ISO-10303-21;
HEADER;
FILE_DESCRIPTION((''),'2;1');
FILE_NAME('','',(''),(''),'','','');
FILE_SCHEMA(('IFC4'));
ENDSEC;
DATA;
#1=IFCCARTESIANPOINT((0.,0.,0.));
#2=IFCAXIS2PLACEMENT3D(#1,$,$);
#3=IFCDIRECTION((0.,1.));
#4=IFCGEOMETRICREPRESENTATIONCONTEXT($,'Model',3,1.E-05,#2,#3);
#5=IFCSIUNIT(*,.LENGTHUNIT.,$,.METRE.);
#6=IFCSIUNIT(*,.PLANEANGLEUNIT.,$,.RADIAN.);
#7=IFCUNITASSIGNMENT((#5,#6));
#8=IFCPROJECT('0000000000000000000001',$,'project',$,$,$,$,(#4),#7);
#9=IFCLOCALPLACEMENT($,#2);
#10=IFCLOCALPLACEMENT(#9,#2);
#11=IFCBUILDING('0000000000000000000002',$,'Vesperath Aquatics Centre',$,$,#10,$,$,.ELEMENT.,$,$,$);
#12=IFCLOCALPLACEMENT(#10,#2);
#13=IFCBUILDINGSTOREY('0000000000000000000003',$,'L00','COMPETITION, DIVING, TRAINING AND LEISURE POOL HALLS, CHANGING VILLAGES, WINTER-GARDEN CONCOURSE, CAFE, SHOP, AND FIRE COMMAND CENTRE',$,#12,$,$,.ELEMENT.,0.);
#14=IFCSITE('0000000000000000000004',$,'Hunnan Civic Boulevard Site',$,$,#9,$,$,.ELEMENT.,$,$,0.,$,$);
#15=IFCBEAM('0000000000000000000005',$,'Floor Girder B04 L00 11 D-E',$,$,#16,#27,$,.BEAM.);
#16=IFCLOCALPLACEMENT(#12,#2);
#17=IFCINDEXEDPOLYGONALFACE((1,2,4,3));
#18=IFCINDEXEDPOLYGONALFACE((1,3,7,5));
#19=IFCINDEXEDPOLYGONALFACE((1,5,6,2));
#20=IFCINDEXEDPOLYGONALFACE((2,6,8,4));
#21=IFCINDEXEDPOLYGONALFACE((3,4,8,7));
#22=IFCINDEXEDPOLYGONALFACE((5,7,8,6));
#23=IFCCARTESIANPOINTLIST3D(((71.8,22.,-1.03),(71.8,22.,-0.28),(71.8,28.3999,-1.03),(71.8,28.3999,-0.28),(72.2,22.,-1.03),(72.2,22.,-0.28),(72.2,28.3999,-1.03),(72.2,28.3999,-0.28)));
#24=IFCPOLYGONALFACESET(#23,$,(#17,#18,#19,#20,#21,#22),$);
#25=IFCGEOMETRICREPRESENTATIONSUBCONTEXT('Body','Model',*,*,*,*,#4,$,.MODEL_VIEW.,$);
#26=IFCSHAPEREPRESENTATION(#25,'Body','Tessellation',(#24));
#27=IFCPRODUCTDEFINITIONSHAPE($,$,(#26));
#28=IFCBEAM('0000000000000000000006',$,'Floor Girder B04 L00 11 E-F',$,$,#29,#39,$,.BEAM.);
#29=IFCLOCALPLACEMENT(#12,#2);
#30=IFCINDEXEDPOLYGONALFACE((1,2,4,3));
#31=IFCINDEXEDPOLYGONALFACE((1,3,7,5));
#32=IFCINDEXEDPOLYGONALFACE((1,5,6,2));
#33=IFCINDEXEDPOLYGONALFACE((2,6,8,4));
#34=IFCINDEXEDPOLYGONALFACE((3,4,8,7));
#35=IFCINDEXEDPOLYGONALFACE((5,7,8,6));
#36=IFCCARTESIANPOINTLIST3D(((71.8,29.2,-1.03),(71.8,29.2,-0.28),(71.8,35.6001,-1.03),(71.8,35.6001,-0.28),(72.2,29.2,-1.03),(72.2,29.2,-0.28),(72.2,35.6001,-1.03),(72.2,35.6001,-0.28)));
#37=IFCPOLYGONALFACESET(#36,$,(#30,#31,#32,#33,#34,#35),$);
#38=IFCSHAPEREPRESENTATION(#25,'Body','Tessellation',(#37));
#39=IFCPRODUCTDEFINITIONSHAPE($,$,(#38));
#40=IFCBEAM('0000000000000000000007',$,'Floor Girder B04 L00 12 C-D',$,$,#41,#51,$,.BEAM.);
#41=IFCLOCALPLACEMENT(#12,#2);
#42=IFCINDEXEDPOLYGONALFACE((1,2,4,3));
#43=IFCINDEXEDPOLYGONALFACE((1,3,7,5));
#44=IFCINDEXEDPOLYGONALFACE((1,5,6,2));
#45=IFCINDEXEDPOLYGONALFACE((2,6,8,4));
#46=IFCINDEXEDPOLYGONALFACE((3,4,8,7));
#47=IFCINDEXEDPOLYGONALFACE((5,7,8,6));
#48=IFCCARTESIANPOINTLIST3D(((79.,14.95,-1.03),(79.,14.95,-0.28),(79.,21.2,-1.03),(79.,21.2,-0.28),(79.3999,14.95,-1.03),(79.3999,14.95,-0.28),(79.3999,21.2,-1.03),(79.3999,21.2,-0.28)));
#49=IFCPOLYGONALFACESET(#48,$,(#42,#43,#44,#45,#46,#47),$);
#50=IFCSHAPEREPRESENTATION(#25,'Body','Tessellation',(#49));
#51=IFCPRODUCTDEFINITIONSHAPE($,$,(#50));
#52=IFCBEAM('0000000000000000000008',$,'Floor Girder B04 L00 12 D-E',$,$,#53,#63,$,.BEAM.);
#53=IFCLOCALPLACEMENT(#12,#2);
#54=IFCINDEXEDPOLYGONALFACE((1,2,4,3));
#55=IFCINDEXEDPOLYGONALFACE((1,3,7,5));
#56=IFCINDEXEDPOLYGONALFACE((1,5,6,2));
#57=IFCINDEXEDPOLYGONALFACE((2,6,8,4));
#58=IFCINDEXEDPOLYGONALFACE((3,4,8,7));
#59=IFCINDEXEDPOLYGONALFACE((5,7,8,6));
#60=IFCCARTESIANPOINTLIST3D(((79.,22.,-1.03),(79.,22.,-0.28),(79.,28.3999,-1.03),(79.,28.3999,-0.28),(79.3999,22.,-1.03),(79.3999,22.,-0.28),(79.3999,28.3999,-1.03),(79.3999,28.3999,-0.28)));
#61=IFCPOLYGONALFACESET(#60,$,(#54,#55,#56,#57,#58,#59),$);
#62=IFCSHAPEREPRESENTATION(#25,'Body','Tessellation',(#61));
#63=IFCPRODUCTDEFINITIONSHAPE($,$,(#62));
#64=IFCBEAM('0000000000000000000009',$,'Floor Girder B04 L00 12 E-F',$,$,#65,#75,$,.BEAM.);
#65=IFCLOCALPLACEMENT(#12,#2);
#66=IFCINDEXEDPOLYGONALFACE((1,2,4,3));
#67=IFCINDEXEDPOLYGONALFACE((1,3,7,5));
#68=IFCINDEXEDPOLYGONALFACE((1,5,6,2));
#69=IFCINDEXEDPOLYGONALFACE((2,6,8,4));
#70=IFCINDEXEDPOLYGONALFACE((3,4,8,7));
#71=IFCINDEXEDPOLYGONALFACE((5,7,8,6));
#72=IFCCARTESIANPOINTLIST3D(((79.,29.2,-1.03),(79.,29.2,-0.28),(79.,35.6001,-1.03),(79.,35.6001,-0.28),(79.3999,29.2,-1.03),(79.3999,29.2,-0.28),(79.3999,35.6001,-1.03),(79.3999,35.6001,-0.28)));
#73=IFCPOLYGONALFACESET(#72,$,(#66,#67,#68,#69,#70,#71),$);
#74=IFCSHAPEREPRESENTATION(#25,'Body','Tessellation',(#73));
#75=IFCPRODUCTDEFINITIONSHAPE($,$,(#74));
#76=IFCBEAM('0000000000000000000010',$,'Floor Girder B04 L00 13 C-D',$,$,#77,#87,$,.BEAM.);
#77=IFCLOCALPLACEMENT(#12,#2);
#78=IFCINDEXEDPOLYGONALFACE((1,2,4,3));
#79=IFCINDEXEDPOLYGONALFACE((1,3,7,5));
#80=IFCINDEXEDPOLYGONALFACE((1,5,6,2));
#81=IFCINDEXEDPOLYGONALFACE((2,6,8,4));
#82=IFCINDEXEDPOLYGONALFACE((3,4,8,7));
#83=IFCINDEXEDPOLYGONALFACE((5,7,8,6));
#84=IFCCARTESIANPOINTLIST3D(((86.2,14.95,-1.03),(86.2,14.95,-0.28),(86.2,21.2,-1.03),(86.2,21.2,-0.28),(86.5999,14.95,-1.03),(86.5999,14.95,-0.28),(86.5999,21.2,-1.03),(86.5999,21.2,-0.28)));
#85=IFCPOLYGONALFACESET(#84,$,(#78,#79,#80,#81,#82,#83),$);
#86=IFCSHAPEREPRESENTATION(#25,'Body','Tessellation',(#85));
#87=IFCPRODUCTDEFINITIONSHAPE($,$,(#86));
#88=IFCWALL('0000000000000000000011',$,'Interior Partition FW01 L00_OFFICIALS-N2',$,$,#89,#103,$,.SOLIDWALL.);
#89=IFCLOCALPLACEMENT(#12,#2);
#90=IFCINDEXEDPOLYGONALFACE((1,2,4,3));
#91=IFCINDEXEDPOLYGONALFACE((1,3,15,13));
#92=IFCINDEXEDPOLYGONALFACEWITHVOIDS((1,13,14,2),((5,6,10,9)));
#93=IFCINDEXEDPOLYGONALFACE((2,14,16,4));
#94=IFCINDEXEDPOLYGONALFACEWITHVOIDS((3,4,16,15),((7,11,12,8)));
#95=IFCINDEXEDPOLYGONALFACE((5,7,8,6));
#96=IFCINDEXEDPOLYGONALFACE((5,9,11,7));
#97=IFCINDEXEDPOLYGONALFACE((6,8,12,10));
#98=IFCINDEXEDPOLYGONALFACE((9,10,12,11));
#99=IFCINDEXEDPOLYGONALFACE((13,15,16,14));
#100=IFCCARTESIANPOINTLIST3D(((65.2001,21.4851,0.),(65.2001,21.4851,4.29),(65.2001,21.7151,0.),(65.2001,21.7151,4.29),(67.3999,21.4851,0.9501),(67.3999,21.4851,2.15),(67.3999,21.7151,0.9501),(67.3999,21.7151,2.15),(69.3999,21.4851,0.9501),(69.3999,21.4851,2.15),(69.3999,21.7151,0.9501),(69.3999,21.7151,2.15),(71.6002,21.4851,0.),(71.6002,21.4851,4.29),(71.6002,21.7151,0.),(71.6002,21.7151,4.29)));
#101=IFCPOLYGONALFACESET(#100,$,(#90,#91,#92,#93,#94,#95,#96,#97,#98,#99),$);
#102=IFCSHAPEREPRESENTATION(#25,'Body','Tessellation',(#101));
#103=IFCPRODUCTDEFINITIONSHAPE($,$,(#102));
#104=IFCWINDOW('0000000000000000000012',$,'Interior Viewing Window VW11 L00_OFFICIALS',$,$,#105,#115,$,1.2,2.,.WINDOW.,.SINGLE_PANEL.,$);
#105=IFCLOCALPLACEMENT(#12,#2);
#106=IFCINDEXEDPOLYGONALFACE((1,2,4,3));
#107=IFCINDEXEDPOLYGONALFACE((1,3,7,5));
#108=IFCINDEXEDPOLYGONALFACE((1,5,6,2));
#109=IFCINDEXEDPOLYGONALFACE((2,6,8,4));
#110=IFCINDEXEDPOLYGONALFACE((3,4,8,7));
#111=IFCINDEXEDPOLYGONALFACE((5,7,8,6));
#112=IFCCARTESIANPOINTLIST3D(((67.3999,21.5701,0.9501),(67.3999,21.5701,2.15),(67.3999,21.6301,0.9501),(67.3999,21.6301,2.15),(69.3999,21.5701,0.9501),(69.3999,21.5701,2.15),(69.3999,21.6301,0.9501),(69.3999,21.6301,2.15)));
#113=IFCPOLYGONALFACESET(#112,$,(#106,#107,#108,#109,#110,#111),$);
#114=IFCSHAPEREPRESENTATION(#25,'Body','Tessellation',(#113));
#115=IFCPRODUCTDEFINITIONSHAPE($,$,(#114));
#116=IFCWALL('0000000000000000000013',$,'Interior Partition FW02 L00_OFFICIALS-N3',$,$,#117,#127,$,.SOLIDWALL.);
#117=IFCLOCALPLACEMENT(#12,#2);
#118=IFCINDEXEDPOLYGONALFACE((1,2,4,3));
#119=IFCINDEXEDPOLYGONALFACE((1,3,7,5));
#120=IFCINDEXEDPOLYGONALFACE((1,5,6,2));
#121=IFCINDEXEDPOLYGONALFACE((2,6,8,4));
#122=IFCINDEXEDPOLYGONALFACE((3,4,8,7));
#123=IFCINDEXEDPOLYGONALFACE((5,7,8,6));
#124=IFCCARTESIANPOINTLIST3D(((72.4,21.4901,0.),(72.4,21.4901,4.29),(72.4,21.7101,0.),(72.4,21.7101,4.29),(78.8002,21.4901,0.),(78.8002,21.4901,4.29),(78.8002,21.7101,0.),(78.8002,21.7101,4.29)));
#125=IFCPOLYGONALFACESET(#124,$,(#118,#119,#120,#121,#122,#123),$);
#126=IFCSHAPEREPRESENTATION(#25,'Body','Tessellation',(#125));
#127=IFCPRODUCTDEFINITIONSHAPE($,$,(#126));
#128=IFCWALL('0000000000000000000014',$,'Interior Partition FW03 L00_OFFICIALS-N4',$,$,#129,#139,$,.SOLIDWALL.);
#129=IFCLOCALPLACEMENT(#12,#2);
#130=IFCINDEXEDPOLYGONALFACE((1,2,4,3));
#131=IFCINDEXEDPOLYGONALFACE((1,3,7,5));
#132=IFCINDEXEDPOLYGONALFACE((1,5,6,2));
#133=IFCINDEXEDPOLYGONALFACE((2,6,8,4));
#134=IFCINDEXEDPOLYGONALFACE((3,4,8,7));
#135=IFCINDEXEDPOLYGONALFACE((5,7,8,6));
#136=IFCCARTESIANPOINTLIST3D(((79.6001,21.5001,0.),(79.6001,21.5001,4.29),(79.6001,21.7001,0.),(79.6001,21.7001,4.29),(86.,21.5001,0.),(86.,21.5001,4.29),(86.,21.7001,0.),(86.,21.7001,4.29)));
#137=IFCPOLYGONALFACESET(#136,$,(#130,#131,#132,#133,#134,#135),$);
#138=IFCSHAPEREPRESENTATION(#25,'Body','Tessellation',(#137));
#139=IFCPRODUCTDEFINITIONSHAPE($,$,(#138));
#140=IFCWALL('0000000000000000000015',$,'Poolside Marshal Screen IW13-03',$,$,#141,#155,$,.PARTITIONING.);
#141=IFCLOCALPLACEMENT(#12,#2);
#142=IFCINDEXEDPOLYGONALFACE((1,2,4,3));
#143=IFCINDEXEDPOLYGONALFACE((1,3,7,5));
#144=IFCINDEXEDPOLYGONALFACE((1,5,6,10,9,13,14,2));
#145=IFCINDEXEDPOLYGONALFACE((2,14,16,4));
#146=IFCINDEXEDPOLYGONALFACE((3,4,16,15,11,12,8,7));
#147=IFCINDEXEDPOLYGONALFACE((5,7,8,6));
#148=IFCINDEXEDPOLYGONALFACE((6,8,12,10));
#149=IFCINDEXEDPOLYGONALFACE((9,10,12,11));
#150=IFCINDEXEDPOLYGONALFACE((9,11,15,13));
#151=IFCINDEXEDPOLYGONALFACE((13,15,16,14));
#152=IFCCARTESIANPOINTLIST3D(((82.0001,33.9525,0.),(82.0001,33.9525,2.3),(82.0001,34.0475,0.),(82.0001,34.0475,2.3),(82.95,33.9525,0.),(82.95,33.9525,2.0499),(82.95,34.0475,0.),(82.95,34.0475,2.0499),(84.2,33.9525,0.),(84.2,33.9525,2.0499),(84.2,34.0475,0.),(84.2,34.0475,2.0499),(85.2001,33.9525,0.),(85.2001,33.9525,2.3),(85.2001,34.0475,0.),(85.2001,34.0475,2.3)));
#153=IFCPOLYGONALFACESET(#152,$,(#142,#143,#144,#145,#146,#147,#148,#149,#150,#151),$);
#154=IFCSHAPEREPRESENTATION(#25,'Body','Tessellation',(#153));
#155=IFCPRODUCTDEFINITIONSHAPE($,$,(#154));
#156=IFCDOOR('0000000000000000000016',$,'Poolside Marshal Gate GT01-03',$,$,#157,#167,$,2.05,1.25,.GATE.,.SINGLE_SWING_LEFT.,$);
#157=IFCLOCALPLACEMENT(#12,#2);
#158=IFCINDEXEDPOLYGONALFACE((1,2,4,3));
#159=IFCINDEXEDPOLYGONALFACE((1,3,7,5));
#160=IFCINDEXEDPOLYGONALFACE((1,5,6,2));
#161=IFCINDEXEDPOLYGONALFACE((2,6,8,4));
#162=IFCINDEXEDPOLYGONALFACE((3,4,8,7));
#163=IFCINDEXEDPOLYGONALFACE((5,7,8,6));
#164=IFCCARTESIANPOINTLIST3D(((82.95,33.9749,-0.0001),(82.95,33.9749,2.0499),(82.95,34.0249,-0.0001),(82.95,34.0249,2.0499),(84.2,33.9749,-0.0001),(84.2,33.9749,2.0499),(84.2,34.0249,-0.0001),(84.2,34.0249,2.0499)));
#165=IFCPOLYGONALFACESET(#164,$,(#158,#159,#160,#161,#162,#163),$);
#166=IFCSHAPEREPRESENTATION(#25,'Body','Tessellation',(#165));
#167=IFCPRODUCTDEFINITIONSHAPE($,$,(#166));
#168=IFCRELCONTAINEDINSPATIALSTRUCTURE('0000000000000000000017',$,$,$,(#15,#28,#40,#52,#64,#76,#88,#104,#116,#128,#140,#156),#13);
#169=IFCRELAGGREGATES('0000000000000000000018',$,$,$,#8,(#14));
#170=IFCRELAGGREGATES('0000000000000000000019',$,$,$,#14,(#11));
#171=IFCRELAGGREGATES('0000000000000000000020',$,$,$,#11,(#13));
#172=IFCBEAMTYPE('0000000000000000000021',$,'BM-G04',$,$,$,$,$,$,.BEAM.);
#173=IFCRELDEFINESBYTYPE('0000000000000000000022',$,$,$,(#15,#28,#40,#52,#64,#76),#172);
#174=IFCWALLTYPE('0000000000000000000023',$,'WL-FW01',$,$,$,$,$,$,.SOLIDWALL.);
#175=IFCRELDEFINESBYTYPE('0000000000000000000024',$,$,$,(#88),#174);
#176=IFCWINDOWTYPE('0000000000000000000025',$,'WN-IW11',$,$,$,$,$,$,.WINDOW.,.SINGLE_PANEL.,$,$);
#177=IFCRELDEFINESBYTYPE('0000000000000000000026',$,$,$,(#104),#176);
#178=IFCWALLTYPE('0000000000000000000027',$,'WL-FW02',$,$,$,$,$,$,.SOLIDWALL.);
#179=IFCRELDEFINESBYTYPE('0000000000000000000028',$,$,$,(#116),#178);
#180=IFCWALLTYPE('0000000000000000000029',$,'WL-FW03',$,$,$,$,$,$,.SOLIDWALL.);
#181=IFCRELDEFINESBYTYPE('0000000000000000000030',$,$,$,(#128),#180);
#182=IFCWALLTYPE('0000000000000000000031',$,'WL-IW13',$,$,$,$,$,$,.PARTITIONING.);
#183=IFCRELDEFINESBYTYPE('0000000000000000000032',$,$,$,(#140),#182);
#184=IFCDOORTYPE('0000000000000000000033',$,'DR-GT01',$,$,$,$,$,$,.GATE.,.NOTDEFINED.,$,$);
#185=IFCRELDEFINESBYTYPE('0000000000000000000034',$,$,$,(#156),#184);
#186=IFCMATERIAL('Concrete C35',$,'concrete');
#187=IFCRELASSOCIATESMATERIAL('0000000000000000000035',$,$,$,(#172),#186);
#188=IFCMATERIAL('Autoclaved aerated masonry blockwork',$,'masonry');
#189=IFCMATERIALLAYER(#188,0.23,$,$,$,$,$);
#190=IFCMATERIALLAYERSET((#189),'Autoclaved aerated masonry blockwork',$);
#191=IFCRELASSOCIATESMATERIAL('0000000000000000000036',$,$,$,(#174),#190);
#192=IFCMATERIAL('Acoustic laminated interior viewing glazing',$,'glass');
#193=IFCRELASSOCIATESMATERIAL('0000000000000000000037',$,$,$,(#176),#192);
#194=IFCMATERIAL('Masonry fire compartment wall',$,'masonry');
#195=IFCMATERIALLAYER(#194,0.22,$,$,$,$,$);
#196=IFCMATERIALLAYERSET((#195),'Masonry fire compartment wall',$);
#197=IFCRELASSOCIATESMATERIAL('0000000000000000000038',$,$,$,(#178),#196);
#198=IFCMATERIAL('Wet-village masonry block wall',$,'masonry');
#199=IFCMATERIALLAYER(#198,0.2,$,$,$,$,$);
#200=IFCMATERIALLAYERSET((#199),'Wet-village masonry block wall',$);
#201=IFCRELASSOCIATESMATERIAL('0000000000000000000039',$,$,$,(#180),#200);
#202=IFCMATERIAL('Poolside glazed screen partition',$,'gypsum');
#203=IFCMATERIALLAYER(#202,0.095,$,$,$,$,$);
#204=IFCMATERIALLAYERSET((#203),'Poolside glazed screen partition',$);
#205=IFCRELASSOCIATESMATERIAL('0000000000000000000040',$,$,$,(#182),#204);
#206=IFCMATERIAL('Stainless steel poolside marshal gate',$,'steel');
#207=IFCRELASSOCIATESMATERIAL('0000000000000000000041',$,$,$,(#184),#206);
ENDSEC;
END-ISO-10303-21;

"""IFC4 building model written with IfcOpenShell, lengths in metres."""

from ifc_helpers import new_model, si_unit, direction, frame, frame_2d, origin, origin_2d, place, context, subcontext, project, spatial, rectangle, extrude, material, layer, layer_set, material_profile, profile_set, type_object, element, fill, save


model = new_model("IFC4")

# Units and contexts
model_context = context("Model", 3, precision=1e-05, world=origin(), true_north=direction((0.0, 1.0)))
body_context = subcontext(model_context, "Body", "Model", "MODEL_VIEW")
ifc_project = project(units=[si_unit("LENGTHUNIT", "METRE"), si_unit("PLANEANGLEUNIT", "RADIAN")], contexts=[model_context])

# Site, building, storey
site_placement = place(None, origin())
site = spatial("IfcSite", under=ifc_project, at=site_placement, Name="Hunnan Civic Boulevard Site", CompositionType="ELEMENT", RefElevation=0.0)
building_placement = place(site_placement, origin())
building = spatial("IfcBuilding", under=site, at=building_placement, Name="Vesperath Aquatics Centre", CompositionType="ELEMENT")
storey_placement = place(building_placement, origin())
storey = spatial("IfcBuildingStorey", under=building, at=storey_placement, Name="L00", Description="COMPETITION, DIVING, TRAINING AND LEISURE POOL HALLS, CHANGING VILLAGES, WINTER-GARDEN CONCOURSE, CAFE, SHOP, AND FIRE COMMAND CENTRE", CompositionType="ELEMENT", Elevation=0.0)

# Shared definitions
ifc_material_1 = material(Name="Concrete C35", Category="concrete")

# Beams
ifc_material_profile_1 = material_profile(ifc_material_1, rectangle(XDim=0.3999, YDim=0.75, at=origin_2d()), Name="RC 400x750")
ifc_profile_set_1 = profile_set([ifc_material_profile_1], Name="Concrete C35")
beam_type_1 = type_object("IfcBeamType", Name="BM-G04", PredefinedType="BEAM", material=ifc_profile_set_1)
beam_1_placement = place(storey_placement, frame((72.0, 22.0, -0.655), z_axis=(0.0, 1.0, 0.0), x_axis=(-1.0, 0.0, 0.0)))
element("IfcBeam", 1, at=beam_1_placement, inside=storey, type_object=beam_type_1, Name="Floor Girder B04 L00 11 D-E", PredefinedType="BEAM", context=body_context, shape_type="SweptSolid", body=[
    extrude(rectangle(XDim=0.3999, YDim=0.75, at=origin_2d()), origin(), (0.0, 0.0, 1.0), 6.3999),
])
beam_2_placement = place(storey_placement, frame((72.0, 29.2, -0.655), z_axis=(0.0, 1.0, 0.0), x_axis=(-1.0, 0.0, 0.0)))
element("IfcBeam", 2, at=beam_2_placement, inside=storey, type_object=beam_type_1, Name="Floor Girder B04 L00 11 E-F", PredefinedType="BEAM", context=body_context, shape_type="SweptSolid", body=[
    extrude(rectangle(XDim=0.3999, YDim=0.75, at=origin_2d()), origin(), (0.0, 0.0, 1.0), 6.4001),
])
beam_3_placement = place(storey_placement, frame((79.2, 14.95, -0.655), z_axis=(0.0, 1.0, 0.0), x_axis=(-1.0, 0.0, 0.0)))
element("IfcBeam", 3, at=beam_3_placement, inside=storey, type_object=beam_type_1, Name="Floor Girder B04 L00 12 C-D", PredefinedType="BEAM", context=body_context, shape_type="SweptSolid", body=[
    extrude(rectangle(XDim=0.3999, YDim=0.75, at=origin_2d()), origin(), (0.0, 0.0, 1.0), 6.25),
])
beam_4_placement = place(storey_placement, frame((79.2, 22.0, -0.655), z_axis=(0.0, 1.0, 0.0), x_axis=(-1.0, 0.0, 0.0)))
element("IfcBeam", 4, at=beam_4_placement, inside=storey, type_object=beam_type_1, Name="Floor Girder B04 L00 12 D-E", PredefinedType="BEAM", context=body_context, shape_type="SweptSolid", body=[
    extrude(rectangle(XDim=0.3999, YDim=0.75, at=origin_2d()), origin(), (0.0, 0.0, 1.0), 6.3999),
])
beam_5_placement = place(storey_placement, frame((79.2, 29.2, -0.655), z_axis=(0.0, 1.0, 0.0), x_axis=(-1.0, 0.0, 0.0)))
element("IfcBeam", 5, at=beam_5_placement, inside=storey, type_object=beam_type_1, Name="Floor Girder B04 L00 12 E-F", PredefinedType="BEAM", context=body_context, shape_type="SweptSolid", body=[
    extrude(rectangle(XDim=0.3999, YDim=0.75, at=origin_2d()), origin(), (0.0, 0.0, 1.0), 6.4001),
])
beam_6_placement = place(storey_placement, frame((86.3999, 14.95, -0.655), z_axis=(0.0, 1.0, 0.0), x_axis=(-1.0, 0.0, 0.0)))
element("IfcBeam", 6, at=beam_6_placement, inside=storey, type_object=beam_type_1, Name="Floor Girder B04 L00 13 C-D", PredefinedType="BEAM", context=body_context, shape_type="SweptSolid", body=[
    extrude(rectangle(XDim=0.3999, YDim=0.75, at=origin_2d()), origin(), (0.0, 0.0, 1.0), 6.25),
])

# Wall, opening, window
ifc_material_2 = material(Name="Autoclaved aerated masonry blockwork", Category="masonry")
ifc_layer_1 = layer(ifc_material_2, 0.23)
ifc_layer_set_1 = layer_set([ifc_layer_1], Name="Autoclaved aerated masonry blockwork")
wall_type_1 = type_object("IfcWallType", Name="WL-FW01", PredefinedType="SOLIDWALL", material=ifc_layer_set_1)
wall_1_placement = place(storey_placement, frame((65.2, 21.6001, 0.0), z_axis=(0.0, 0.0, 1.0), x_axis=(1.0, 0.0, 0.0)))
wall_1 = element("IfcWall", 7, at=wall_1_placement, inside=storey, type_object=wall_type_1, Name="Interior Partition FW01 L00_OFFICIALS-N2", PredefinedType="SOLIDWALL", context=body_context, shape_type="SweptSolid", body=[
    extrude(rectangle(XDim=6.4001, YDim=0.23, at=frame_2d((3.2002, 0.0))), origin(), (0.0, 0.0, 1.0), 4.29),
])
opening_1_placement = place(wall_1_placement, frame((2.2, 0.0, 0.95)))
opening_1 = element("IfcOpeningElement", 8, at=opening_1_placement, cuts=wall_1, PredefinedType="OPENING", context=body_context, shape_type="SweptSolid", body=[
    extrude(rectangle(XDim=2.0, YDim=1.2, at=frame_2d((1.0, 0.6001))), frame((0.0, 0.1299, 0.0), z_axis=(0.0, -1.0, 0.0), x_axis=(1.0, 0.0, 0.0)), (0.0, 0.0, 1.0), 0.2598),
])
ifc_material_3 = material(Name="Acoustic laminated interior viewing glazing", Category="glass")
window_type = type_object("IfcWindowType", Name="WN-IW11", PartitioningType="SINGLE_PANEL", PredefinedType="WINDOW", material=ifc_material_3)
window_placement = place(opening_1_placement, origin())
window = element("IfcWindow", 9, at=window_placement, inside=storey, type_object=window_type, Name="Interior Viewing Window VW11 L00_OFFICIALS", OverallHeight=1.2, OverallWidth=2.0, PartitioningType="SINGLE_PANEL", PredefinedType="WINDOW", context=body_context, shape_type="SweptSolid", body=[
    extrude(rectangle(XDim=2.0, YDim=1.2, at=frame_2d((1.0, 0.6001))), frame((0.0, 0.03, 0.0), z_axis=(0.0, -1.0, 0.0), x_axis=(1.0, 0.0, 0.0)), (0.0, 0.0, 1.0), 0.0601),
])
fill(opening_1, window)

# Walls
ifc_material_4 = material(Name="Masonry fire compartment wall", Category="masonry")
ifc_layer_2 = layer(ifc_material_4, 0.22)
ifc_layer_set_2 = layer_set([ifc_layer_2], Name="Masonry fire compartment wall")
wall_type_2 = type_object("IfcWallType", Name="WL-FW02", PredefinedType="SOLIDWALL", material=ifc_layer_set_2)
wall_2_placement = place(storey_placement, frame((72.3999, 21.6001, 0.0), z_axis=(0.0, 0.0, 1.0), x_axis=(1.0, 0.0, 0.0)))
element("IfcWall", 10, at=wall_2_placement, inside=storey, type_object=wall_type_2, Name="Interior Partition FW02 L00_OFFICIALS-N3", PredefinedType="SOLIDWALL", context=body_context, shape_type="SweptSolid", body=[
    extrude(rectangle(XDim=6.4001, YDim=0.22, at=frame_2d((3.2002, 0.0))), origin(), (0.0, 0.0, 1.0), 4.29),
])
ifc_material_5 = material(Name="Wet-village masonry block wall", Category="masonry")
ifc_layer_3 = layer(ifc_material_5, 0.2)
ifc_layer_set_3 = layer_set([ifc_layer_3], Name="Wet-village masonry block wall")
wall_type_3 = type_object("IfcWallType", Name="WL-FW03", PredefinedType="SOLIDWALL", material=ifc_layer_set_3)
wall_3_placement = place(storey_placement, frame((79.6001, 21.6001, 0.0), z_axis=(0.0, 0.0, 1.0), x_axis=(1.0, 0.0, 0.0)))
element("IfcWall", 11, at=wall_3_placement, inside=storey, type_object=wall_type_3, Name="Interior Partition FW03 L00_OFFICIALS-N4", PredefinedType="SOLIDWALL", context=body_context, shape_type="SweptSolid", body=[
    extrude(rectangle(XDim=6.3999, YDim=0.2, at=frame_2d((3.2, 0.0))), origin(), (0.0, 0.0, 1.0), 4.29),
])

# Wall, opening, door
ifc_material_6 = material(Name="Poolside glazed screen partition", Category="gypsum")
ifc_layer_4 = layer(ifc_material_6, 0.095)
ifc_layer_set_4 = layer_set([ifc_layer_4], Name="Poolside glazed screen partition")
wall_type_4 = type_object("IfcWallType", Name="WL-IW13", PredefinedType="PARTITIONING", material=ifc_layer_set_4)
wall_4_placement = place(storey_placement, frame((82.0, 34.0, 0.0), z_axis=(0.0, 0.0, 1.0), x_axis=(1.0, 0.0, 0.0)))
wall_4 = element("IfcWall", 12, at=wall_4_placement, inside=storey, type_object=wall_type_4, Name="Poolside Marshal Screen IW13-03", PredefinedType="PARTITIONING", context=body_context, shape_type="SweptSolid", body=[
    extrude(rectangle(XDim=3.2, YDim=0.095, at=frame_2d((1.6001, 0.0))), origin(), (0.0, 0.0, 1.0), 2.3),
])
opening_2_placement = place(wall_4_placement, frame((0.95, 0.0, 0.0)))
opening_2 = element("IfcOpeningElement", 13, at=opening_2_placement, cuts=wall_4, PredefinedType="OPENING", context=body_context, shape_type="SweptSolid", body=[
    extrude(rectangle(XDim=1.25, YDim=2.05, at=frame_2d((0.625, 1.0249))), frame((0.0, 0.0625, 0.0), z_axis=(0.0, -1.0, 0.0), x_axis=(1.0, 0.0, 0.0)), (0.0, 0.0, 1.0), 0.1248),
])
ifc_material_7 = material(Name="Stainless steel poolside marshal gate", Category="steel")
door_type = type_object("IfcDoorType", Name="DR-GT01", OperationType="NOTDEFINED", PredefinedType="GATE", material=ifc_material_7)
door_placement = place(opening_2_placement, origin())
door = element("IfcDoor", 14, at=door_placement, inside=storey, type_object=door_type, Name="Poolside Marshal Gate GT01-03", OperationType="SINGLE_SWING_LEFT", OverallHeight=2.05, OverallWidth=1.25, PredefinedType="GATE", context=body_context, shape_type="SweptSolid", body=[
    extrude(rectangle(XDim=1.25, YDim=2.05, at=frame_2d((0.625, 1.0249))), frame((0.0, 0.0249, 0.0), z_axis=(0.0, -1.0, 0.0), x_axis=(1.0, 0.0, 0.0)), (0.0, 0.0, 1.0), 0.05),
])
fill(opening_2, door)

save(model, "model.ifc")
